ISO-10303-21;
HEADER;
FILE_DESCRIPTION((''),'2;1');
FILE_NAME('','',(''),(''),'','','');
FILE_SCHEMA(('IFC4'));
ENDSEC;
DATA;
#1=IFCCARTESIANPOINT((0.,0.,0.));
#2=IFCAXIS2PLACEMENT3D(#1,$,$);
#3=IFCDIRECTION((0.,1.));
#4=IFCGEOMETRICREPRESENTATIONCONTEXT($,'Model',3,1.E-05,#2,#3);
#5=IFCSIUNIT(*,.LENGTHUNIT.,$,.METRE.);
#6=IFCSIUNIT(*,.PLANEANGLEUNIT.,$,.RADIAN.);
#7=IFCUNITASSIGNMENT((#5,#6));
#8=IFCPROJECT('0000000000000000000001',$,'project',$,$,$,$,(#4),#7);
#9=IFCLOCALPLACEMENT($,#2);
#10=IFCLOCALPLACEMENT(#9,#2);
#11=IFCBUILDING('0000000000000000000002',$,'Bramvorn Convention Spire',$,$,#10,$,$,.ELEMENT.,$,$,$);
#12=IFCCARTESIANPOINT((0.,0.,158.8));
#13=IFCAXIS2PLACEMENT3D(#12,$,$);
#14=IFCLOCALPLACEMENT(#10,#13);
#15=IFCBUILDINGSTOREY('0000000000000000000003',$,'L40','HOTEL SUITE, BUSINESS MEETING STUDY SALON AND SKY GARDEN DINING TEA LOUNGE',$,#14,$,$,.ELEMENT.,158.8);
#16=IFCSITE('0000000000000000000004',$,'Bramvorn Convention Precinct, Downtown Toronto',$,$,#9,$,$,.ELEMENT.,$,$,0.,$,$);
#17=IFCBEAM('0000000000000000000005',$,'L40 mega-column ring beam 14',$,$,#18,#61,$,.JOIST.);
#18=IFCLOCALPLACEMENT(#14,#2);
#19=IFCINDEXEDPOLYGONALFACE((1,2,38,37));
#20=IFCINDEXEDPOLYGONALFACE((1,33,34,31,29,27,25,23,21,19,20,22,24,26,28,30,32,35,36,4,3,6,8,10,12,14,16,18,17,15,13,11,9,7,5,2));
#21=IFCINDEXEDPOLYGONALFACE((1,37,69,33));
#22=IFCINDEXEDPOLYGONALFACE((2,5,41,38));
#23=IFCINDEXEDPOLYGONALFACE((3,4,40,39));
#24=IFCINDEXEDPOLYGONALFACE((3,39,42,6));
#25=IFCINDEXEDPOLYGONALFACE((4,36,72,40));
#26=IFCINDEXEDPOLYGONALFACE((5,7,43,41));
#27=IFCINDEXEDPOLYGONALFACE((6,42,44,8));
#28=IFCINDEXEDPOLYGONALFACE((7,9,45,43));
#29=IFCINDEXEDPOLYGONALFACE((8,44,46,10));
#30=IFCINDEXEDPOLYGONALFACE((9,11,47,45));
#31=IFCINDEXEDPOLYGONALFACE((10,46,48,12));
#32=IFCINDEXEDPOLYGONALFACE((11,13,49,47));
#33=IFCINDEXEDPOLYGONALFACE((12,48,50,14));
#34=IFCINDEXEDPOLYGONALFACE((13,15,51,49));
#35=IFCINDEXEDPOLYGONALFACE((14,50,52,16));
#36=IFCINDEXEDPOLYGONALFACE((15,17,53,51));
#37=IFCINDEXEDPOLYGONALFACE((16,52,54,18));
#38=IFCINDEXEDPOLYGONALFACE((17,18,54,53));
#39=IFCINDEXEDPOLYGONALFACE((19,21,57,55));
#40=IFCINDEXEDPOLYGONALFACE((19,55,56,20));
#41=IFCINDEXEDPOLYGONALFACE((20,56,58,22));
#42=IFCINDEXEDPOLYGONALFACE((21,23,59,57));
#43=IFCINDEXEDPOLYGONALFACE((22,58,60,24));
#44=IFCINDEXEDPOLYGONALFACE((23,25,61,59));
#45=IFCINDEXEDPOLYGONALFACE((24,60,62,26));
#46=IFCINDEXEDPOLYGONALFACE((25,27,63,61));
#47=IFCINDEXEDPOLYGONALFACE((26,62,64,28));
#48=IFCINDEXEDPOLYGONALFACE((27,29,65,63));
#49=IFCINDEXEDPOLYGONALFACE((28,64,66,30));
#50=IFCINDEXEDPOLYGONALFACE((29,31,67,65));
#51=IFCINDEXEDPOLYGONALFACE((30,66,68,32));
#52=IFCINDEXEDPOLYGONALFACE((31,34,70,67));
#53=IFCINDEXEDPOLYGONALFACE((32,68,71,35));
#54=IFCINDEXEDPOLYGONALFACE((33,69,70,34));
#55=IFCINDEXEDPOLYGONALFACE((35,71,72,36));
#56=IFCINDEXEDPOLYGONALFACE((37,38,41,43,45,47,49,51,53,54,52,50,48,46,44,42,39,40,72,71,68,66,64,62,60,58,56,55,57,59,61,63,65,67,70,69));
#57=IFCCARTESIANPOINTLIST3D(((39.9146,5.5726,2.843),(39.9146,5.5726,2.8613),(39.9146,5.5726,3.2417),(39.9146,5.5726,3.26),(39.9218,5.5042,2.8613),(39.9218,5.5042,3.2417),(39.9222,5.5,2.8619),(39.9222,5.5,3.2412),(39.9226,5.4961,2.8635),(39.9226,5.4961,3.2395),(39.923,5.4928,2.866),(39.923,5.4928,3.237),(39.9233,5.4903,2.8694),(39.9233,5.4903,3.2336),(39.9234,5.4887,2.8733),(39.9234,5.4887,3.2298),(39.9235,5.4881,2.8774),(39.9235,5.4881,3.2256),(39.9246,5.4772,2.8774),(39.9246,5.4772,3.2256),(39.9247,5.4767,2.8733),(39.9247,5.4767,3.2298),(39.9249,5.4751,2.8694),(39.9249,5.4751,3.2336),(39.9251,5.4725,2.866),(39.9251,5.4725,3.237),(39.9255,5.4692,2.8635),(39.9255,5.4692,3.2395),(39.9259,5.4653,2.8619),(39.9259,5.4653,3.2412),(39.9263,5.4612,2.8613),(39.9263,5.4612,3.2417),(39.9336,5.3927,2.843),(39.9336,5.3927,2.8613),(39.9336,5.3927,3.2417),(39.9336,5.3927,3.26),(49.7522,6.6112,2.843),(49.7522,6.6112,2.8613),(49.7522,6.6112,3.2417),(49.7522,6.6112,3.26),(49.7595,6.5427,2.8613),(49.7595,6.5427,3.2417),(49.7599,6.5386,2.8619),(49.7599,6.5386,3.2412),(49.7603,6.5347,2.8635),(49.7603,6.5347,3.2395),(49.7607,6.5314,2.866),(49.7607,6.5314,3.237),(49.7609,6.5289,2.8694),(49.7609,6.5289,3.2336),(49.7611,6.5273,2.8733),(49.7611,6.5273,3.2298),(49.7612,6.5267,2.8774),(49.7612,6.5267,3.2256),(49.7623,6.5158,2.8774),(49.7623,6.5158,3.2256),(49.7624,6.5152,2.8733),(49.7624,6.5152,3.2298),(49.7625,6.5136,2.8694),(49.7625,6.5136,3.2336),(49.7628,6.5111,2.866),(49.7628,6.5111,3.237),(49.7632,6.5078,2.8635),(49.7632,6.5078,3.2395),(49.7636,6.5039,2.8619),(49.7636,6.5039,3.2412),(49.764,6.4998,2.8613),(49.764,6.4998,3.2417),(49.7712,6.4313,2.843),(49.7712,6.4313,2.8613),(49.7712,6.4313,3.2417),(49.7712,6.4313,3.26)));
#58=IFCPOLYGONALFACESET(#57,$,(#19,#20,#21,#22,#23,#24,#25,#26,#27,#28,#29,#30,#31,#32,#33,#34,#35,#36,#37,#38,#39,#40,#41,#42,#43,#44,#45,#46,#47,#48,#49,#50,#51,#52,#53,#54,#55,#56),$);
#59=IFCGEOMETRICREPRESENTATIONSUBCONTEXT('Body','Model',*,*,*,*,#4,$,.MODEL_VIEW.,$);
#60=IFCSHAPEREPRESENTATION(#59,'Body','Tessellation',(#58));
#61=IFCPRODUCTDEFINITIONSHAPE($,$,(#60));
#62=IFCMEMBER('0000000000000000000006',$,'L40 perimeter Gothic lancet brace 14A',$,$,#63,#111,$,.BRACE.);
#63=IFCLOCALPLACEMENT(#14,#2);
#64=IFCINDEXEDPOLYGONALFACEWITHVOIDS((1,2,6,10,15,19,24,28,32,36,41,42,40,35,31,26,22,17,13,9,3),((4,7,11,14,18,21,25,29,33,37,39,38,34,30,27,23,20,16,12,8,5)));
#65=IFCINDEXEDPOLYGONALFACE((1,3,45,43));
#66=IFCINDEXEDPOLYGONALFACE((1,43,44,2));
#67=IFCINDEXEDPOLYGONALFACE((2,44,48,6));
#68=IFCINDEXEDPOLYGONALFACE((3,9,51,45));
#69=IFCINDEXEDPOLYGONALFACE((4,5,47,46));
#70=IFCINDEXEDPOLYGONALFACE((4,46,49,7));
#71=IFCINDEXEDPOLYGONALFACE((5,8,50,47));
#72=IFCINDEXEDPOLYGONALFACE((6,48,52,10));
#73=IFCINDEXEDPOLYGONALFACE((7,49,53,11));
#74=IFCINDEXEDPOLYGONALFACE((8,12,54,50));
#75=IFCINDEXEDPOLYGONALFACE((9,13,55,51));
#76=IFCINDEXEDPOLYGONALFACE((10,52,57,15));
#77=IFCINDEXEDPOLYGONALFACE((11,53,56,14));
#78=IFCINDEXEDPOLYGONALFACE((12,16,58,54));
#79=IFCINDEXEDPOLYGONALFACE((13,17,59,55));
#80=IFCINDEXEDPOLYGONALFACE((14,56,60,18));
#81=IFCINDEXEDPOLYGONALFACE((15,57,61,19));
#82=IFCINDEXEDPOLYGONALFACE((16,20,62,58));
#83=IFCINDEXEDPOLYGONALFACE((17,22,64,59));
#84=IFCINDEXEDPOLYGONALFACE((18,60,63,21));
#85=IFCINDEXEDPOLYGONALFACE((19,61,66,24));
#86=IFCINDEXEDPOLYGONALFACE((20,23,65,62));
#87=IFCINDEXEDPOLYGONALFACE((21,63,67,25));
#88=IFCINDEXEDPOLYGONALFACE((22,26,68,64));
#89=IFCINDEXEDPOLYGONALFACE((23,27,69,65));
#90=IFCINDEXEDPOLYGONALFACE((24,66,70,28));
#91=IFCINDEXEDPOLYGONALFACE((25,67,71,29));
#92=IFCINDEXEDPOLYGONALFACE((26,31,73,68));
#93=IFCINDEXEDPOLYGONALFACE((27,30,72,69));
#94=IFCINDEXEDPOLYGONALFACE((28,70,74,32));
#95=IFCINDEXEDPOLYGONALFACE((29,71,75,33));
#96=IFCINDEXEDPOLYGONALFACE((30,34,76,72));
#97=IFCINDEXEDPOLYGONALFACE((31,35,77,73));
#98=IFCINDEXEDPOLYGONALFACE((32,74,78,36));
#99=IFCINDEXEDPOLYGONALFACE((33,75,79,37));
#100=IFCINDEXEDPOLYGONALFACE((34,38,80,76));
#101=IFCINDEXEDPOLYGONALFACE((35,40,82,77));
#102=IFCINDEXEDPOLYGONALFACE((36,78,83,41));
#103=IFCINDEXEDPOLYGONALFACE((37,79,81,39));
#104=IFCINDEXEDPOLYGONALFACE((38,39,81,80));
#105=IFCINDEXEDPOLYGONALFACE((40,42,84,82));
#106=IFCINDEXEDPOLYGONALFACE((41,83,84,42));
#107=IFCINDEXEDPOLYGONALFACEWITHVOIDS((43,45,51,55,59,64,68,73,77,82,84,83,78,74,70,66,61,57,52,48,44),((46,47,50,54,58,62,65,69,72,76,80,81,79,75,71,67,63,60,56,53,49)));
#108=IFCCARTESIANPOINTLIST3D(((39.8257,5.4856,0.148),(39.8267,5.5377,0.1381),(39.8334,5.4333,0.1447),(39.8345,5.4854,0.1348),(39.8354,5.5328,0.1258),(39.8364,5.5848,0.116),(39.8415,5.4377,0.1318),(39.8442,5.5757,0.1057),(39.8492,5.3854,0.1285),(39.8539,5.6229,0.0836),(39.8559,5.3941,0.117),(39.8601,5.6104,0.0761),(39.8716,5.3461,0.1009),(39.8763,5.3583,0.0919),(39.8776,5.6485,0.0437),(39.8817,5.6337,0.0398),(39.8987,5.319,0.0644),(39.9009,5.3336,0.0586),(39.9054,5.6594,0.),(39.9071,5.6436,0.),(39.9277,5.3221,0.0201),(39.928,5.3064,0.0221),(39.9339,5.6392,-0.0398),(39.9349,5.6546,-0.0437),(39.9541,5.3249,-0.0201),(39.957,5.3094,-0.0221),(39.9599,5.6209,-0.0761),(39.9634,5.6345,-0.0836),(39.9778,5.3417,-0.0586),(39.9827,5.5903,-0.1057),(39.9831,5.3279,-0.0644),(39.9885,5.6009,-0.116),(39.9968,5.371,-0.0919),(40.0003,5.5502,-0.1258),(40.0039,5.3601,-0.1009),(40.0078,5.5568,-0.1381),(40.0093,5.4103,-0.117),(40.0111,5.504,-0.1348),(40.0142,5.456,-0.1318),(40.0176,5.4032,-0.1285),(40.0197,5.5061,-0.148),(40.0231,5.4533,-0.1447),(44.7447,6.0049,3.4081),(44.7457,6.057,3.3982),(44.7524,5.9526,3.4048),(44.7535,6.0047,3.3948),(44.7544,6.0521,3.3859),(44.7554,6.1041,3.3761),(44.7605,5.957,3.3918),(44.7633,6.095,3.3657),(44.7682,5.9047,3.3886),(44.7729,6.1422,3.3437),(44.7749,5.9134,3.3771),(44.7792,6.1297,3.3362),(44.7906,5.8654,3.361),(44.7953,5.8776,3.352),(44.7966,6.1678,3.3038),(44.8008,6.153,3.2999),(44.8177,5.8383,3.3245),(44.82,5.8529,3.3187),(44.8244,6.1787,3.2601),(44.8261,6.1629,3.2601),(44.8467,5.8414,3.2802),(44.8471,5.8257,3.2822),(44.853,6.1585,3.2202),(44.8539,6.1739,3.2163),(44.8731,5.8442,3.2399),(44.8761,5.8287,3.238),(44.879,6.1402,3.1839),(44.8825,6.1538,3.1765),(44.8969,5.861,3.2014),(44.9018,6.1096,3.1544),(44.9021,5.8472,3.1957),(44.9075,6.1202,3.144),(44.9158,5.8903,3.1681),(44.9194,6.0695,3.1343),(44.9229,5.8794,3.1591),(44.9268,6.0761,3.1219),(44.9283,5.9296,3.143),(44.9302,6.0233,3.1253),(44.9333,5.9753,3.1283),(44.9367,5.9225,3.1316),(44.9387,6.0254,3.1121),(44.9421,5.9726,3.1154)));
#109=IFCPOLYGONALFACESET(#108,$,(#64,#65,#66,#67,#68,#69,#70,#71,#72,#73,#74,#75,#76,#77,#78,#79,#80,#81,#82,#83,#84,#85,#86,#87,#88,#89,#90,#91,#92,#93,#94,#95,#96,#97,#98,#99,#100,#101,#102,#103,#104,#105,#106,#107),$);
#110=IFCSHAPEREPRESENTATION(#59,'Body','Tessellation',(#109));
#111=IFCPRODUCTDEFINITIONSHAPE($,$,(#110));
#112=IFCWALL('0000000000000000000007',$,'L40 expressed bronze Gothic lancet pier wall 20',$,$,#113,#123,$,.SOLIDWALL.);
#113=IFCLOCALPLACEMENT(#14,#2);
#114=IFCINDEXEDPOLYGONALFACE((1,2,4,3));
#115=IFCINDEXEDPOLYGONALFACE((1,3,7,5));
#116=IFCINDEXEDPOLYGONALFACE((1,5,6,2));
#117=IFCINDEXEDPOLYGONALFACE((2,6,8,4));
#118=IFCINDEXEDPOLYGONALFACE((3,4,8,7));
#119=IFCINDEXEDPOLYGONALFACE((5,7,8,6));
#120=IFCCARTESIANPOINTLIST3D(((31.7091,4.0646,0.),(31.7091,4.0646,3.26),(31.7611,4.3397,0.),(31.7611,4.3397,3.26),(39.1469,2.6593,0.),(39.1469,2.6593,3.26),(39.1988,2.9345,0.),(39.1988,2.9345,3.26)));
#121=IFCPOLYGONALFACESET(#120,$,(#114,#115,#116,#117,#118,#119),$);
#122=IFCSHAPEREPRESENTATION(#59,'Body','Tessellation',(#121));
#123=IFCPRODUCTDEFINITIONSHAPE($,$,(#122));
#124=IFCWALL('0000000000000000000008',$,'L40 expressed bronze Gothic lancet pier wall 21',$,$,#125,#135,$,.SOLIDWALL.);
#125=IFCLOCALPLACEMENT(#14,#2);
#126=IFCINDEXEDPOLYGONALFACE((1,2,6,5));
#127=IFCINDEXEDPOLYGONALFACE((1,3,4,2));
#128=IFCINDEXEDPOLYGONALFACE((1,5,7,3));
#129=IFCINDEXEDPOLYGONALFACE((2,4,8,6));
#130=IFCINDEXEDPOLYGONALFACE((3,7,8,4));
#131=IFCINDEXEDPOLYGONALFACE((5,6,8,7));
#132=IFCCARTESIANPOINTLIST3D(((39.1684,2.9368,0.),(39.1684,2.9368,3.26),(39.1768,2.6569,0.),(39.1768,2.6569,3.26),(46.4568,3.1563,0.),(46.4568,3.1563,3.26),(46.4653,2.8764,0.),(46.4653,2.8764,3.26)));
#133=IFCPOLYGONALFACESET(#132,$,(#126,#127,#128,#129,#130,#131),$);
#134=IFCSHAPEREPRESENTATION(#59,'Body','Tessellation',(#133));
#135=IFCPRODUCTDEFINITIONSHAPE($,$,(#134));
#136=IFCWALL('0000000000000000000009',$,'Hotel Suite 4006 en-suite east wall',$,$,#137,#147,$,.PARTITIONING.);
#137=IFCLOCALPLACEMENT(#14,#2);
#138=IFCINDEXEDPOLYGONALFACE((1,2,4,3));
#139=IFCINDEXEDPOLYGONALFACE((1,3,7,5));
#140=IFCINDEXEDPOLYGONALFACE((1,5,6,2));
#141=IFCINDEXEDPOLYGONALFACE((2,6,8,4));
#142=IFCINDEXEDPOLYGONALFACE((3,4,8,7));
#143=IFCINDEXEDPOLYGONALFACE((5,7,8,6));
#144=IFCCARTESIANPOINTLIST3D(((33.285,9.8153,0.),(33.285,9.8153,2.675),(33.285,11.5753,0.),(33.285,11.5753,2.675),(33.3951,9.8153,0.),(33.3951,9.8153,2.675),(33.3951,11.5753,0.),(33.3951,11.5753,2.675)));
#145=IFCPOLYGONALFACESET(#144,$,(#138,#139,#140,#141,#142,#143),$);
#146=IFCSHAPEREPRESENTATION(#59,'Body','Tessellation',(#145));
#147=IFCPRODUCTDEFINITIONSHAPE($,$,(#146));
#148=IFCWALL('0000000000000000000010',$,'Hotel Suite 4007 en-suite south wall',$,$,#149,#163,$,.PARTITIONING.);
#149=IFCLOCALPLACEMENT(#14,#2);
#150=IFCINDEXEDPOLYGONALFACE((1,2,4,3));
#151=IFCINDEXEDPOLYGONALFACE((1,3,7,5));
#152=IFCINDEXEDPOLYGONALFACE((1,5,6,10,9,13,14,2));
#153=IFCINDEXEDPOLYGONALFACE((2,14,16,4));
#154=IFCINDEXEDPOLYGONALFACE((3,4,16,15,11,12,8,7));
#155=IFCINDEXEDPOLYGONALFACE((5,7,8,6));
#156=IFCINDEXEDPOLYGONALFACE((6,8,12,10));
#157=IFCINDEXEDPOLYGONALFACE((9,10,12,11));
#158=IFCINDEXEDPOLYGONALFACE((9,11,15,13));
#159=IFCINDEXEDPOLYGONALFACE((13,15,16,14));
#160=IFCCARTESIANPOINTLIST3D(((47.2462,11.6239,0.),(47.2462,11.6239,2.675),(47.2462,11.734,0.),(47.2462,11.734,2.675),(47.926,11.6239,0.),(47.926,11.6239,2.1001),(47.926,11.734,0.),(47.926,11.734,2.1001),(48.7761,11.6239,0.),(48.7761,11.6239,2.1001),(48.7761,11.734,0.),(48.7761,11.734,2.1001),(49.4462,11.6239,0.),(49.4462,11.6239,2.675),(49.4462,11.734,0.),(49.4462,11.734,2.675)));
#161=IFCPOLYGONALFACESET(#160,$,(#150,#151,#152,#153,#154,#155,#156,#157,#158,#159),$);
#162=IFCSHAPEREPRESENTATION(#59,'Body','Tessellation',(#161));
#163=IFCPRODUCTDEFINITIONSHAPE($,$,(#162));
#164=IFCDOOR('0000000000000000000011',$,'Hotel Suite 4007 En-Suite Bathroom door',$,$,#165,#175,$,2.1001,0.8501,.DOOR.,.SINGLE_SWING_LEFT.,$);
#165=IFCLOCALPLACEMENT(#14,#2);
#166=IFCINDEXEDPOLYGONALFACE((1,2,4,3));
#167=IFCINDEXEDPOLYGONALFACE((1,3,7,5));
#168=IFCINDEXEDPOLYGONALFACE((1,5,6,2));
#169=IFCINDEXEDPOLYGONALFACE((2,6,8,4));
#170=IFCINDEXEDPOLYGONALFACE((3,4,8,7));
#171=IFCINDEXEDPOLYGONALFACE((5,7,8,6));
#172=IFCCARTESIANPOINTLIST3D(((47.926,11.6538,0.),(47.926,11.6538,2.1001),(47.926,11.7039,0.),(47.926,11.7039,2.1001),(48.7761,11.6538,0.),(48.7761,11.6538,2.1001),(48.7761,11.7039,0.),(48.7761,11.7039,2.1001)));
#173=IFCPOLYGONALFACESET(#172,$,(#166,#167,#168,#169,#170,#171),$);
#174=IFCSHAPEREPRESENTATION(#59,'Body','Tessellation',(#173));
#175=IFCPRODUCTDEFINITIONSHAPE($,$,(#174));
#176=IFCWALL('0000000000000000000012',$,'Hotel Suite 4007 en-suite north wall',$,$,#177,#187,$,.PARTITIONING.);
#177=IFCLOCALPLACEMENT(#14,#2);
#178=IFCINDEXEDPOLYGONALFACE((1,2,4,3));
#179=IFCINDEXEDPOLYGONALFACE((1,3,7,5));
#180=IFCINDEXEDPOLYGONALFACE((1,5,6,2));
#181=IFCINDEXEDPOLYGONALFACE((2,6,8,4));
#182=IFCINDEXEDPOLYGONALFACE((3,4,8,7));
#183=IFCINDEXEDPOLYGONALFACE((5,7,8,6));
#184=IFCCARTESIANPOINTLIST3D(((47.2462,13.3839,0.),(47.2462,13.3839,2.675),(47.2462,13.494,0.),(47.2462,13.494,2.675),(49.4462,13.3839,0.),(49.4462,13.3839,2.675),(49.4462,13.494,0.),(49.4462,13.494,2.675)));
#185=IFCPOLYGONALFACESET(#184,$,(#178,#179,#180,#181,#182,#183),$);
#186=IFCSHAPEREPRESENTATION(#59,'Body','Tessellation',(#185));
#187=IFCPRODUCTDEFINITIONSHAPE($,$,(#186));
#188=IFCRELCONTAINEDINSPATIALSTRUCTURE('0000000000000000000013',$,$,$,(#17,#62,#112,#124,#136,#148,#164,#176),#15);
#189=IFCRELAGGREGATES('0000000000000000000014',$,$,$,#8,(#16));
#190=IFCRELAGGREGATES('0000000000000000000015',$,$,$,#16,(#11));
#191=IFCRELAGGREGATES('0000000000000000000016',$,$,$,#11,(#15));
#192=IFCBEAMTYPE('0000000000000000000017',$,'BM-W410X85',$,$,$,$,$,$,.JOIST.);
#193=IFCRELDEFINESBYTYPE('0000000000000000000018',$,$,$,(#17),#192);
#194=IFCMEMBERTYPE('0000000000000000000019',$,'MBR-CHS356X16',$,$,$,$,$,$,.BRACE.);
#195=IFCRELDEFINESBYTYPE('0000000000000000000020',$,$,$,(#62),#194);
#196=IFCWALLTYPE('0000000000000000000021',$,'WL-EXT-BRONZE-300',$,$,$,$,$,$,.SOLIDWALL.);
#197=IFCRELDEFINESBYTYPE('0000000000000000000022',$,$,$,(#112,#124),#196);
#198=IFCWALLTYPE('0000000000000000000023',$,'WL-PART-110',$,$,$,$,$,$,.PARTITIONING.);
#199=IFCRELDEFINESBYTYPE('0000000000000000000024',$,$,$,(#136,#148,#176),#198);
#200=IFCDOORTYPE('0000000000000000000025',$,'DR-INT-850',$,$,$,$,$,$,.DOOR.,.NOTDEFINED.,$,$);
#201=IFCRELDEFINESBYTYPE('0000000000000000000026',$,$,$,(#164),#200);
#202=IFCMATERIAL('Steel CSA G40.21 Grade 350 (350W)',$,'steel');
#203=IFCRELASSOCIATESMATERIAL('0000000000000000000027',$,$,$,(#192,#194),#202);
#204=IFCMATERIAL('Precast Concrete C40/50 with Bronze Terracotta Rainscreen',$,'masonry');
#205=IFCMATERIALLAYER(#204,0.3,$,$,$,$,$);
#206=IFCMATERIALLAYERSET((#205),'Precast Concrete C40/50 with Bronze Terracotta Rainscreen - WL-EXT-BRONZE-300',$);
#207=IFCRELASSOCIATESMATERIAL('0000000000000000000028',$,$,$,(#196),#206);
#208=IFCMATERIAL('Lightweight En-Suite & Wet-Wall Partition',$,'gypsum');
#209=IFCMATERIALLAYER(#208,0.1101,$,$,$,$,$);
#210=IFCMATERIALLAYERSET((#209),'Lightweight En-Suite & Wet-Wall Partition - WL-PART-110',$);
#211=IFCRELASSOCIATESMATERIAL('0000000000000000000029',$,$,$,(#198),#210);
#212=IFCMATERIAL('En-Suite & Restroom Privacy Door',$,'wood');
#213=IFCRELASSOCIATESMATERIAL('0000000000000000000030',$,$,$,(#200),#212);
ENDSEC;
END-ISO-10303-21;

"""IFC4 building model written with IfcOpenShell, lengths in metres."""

from ifc_helpers import new_model, si_unit, direction, frame, frame_2d, origin, origin_2d, place, context, subcontext, project, spatial, rectangle, hollow_circle, i_section, extrude, material, layer, layer_set, material_profile, profile_set, type_object, element, fill, save


model = new_model("IFC4")

# Units and contexts
model_context = context("Model", 3, precision=1e-05, world=origin(), true_north=direction((0.0, 1.0)))
body_context = subcontext(model_context, "Body", "Model", "MODEL_VIEW")
ifc_project = project(units=[si_unit("LENGTHUNIT", "METRE"), si_unit("PLANEANGLEUNIT", "RADIAN")], contexts=[model_context])

# Site, building, storey
site_placement = place(None, origin())
site = spatial("IfcSite", under=ifc_project, at=site_placement, Name="Bramvorn Convention Precinct, Downtown Toronto", CompositionType="ELEMENT", RefElevation=0.0)
building_placement = place(site_placement, origin())
building = spatial("IfcBuilding", under=site, at=building_placement, Name="Bramvorn Convention Spire", CompositionType="ELEMENT")
storey_placement = place(building_placement, frame((0.0, 0.0, 158.8)))
storey = spatial("IfcBuildingStorey", under=building, at=storey_placement, Name="L40", Description="HOTEL SUITE, BUSINESS MEETING STUDY SALON AND SKY GARDEN DINING TEA LOUNGE", CompositionType="ELEMENT", Elevation=158.8)

# Shared definitions
ifc_material_1 = material(Name="Steel CSA G40.21 Grade 350 (350W)", Category="steel")

# Beam
ifc_material_profile_1 = material_profile(ifc_material_1, i_section(OverallWidth=0.1809, OverallDepth=0.417, WebThickness=0.011, FlangeThickness=0.0183, FilletRadius=0.0161, at=origin_2d()))
ifc_profile_set_1 = profile_set([ifc_material_profile_1], Name="Steel CSA G40.21 Grade 350 (350W) - W410X85")
beam_type_1 = type_object("IfcBeamType", Name="BM-W410X85", PredefinedType="JOIST", material=ifc_profile_set_1)
beam_1_placement = place(storey_placement, frame((39.9241, 5.4827, 3.0515), z_axis=(0.994473, 0.104988, 0.0), x_axis=(-0.104988, 0.994473, 0.0)))
element("IfcBeam", 1, at=beam_1_placement, inside=storey, type_object=beam_type_1, Name="L40 mega-column ring beam 14", PredefinedType="JOIST", context=body_context, shape_type="SweptSolid", body=[
    extrude(i_section(OverallWidth=0.1809, OverallDepth=0.417, WebThickness=0.011, FlangeThickness=0.0183, FilletRadius=0.0161, at=origin_2d()), origin(), (0.0, 0.0, 1.0), 9.8923),
])

# Member
ifc_material_profile_2 = material_profile(ifc_material_1, hollow_circle(Radius=0.1777, WallThickness=0.0159, at=origin_2d()))
ifc_profile_set_2 = profile_set([ifc_material_profile_2], Name="Steel CSA G40.21 Grade 350 (350W) - CHS356X16")
member_type = type_object("IfcMemberType", Name="MBR-CHS356X16", PredefinedType="BRACE", material=ifc_profile_set_2)
member_placement = place(storey_placement, frame((39.9241, 5.4827, 0.0), z_axis=(0.830347, 0.087659, 0.550309), x_axis=(-0.104985, 0.994474, 0.0)))
element("IfcMember", 2, at=member_placement, inside=storey, type_object=member_type, Name="L40 perimeter Gothic lancet brace 14A", PredefinedType="BRACE", context=body_context, shape_type="SweptSolid", body=[
    extrude(hollow_circle(Radius=0.1777, WallThickness=0.0159, at=origin_2d()), origin(), (0.0, 0.0, 1.0), 5.9241),
])

# Walls
ifc_material_2 = material(Name="Precast Concrete C40/50 with Bronze Terracotta Rainscreen", Category="masonry")
ifc_layer_1 = layer(ifc_material_2, 0.3)
ifc_layer_set_1 = layer_set([ifc_layer_1], Name="Precast Concrete C40/50 with Bronze Terracotta Rainscreen - WL-EXT-BRONZE-300")
wall_type_1 = type_object("IfcWallType", Name="WL-EXT-BRONZE-300", PredefinedType="SOLIDWALL", material=ifc_layer_set_1)
wall_1_placement = place(storey_placement, frame((39.1729, 2.7969, 0.0), z_axis=(0.0, 0.0, 1.0), x_axis=(-0.982615, 0.185653, 0.0)))
element("IfcWall", 3, at=wall_1_placement, inside=storey, type_object=wall_type_1, Name="L40 expressed bronze Gothic lancet pier wall 20", PredefinedType="SOLIDWALL", context=body_context, shape_type="SweptSolid", body=[
    extrude(rectangle(XDim=7.5693, YDim=0.28, at=frame_2d((3.7847, 0.0))), origin(), (0.0, 0.0, 1.0), 3.26),
])
wall_2_placement = place(storey_placement, frame((46.4612, 3.0164, 0.0), z_axis=(0.0, 0.0, 1.0), x_axis=(-0.999547, -0.030101, 0.0)))
element("IfcWall", 4, at=wall_2_placement, inside=storey, type_object=wall_type_1, Name="L40 expressed bronze Gothic lancet pier wall 21", PredefinedType="SOLIDWALL", context=body_context, shape_type="SweptSolid", body=[
    extrude(rectangle(XDim=7.2917, YDim=0.28, at=frame_2d((3.646, 0.0))), origin(), (0.0, 0.0, 1.0), 3.26),
])
ifc_material_3 = material(Name="Lightweight En-Suite & Wet-Wall Partition", Category="gypsum")
ifc_layer_2 = layer(ifc_material_3, 0.1101)
ifc_layer_set_2 = layer_set([ifc_layer_2], Name="Lightweight En-Suite & Wet-Wall Partition - WL-PART-110")
wall_type_2 = type_object("IfcWallType", Name="WL-PART-110", PredefinedType="PARTITIONING", material=ifc_layer_set_2)
wall_3_placement = place(storey_placement, frame((33.3401, 9.8154, 0.0), z_axis=(0.0, 0.0, 1.0), x_axis=(0.0, 1.0, 0.0)))
element("IfcWall", 5, at=wall_3_placement, inside=storey, type_object=wall_type_2, Name="Hotel Suite 4006 en-suite east wall", PredefinedType="PARTITIONING", context=body_context, shape_type="SweptSolid", body=[
    extrude(rectangle(XDim=1.76, YDim=0.1101, at=frame_2d((0.8799, 0.0))), origin(), (0.0, 0.0, 1.0), 2.675),
])

# Wall, opening, door
wall_4_placement = place(storey_placement, frame((47.2461, 11.679, 0.0), z_axis=(0.0, 0.0, 1.0), x_axis=(1.0, 0.0, 0.0)))
wall_4 = element("IfcWall", 6, at=wall_4_placement, inside=storey, type_object=wall_type_2, Name="Hotel Suite 4007 en-suite south wall", PredefinedType="PARTITIONING", context=body_context, shape_type="SweptSolid", body=[
    extrude(rectangle(XDim=2.2, YDim=0.1101, at=frame_2d((1.1001, 0.0))), origin(), (0.0, 0.0, 1.0), 2.675),
])
opening_1_placement = place(wall_4_placement, frame((0.6799, 0.0, 0.0)))
opening_1 = element("IfcOpeningElement", 7, at=opening_1_placement, cuts=wall_4, PredefinedType="OPENING", context=body_context, shape_type="SweptSolid", body=[
    extrude(rectangle(XDim=0.8501, YDim=2.1001, at=frame_2d((0.425, 1.05))), frame((0.0, 0.0649, 0.0), z_axis=(0.0, -1.0, 0.0), x_axis=(1.0, 0.0, 0.0)), (0.0, 0.0, 1.0), 0.1301),
])
ifc_material_4 = material(Name="En-Suite & Restroom Privacy Door", Category="wood")
door_type_1 = type_object("IfcDoorType", Name="DR-INT-850", OperationType="NOTDEFINED", PredefinedType="DOOR", material=ifc_material_4)
door_1_placement = place(opening_1_placement, origin())
door_1 = element("IfcDoor", 8, at=door_1_placement, inside=storey, type_object=door_type_1, Name="Hotel Suite 4007 En-Suite Bathroom door", OperationType="SINGLE_SWING_LEFT", OverallHeight=2.1001, OverallWidth=0.8501, PredefinedType="DOOR", context=body_context, shape_type="SweptSolid", body=[
    extrude(rectangle(XDim=0.8501, YDim=2.1001, at=frame_2d((0.425, 1.05))), frame((0.0, 0.0249, 0.0), z_axis=(0.0, -1.0, 0.0), x_axis=(1.0, 0.0, 0.0)), (0.0, 0.0, 1.0), 0.05),
])
fill(opening_1, door_1)

# Wall
wall_5_placement = place(storey_placement, frame((47.2461, 13.439, 0.0), z_axis=(0.0, 0.0, 1.0), x_axis=(1.0, 0.0, 0.0)))
element("IfcWall", 9, at=wall_5_placement, inside=storey, type_object=wall_type_2, Name="Hotel Suite 4007 en-suite north wall", PredefinedType="PARTITIONING", context=body_context, shape_type="SweptSolid", body=[
    extrude(rectangle(XDim=2.2, YDim=0.1101, at=frame_2d((1.1001, 0.0))), origin(), (0.0, 0.0, 1.0), 2.675),
])

save(model, "model.ifc")
